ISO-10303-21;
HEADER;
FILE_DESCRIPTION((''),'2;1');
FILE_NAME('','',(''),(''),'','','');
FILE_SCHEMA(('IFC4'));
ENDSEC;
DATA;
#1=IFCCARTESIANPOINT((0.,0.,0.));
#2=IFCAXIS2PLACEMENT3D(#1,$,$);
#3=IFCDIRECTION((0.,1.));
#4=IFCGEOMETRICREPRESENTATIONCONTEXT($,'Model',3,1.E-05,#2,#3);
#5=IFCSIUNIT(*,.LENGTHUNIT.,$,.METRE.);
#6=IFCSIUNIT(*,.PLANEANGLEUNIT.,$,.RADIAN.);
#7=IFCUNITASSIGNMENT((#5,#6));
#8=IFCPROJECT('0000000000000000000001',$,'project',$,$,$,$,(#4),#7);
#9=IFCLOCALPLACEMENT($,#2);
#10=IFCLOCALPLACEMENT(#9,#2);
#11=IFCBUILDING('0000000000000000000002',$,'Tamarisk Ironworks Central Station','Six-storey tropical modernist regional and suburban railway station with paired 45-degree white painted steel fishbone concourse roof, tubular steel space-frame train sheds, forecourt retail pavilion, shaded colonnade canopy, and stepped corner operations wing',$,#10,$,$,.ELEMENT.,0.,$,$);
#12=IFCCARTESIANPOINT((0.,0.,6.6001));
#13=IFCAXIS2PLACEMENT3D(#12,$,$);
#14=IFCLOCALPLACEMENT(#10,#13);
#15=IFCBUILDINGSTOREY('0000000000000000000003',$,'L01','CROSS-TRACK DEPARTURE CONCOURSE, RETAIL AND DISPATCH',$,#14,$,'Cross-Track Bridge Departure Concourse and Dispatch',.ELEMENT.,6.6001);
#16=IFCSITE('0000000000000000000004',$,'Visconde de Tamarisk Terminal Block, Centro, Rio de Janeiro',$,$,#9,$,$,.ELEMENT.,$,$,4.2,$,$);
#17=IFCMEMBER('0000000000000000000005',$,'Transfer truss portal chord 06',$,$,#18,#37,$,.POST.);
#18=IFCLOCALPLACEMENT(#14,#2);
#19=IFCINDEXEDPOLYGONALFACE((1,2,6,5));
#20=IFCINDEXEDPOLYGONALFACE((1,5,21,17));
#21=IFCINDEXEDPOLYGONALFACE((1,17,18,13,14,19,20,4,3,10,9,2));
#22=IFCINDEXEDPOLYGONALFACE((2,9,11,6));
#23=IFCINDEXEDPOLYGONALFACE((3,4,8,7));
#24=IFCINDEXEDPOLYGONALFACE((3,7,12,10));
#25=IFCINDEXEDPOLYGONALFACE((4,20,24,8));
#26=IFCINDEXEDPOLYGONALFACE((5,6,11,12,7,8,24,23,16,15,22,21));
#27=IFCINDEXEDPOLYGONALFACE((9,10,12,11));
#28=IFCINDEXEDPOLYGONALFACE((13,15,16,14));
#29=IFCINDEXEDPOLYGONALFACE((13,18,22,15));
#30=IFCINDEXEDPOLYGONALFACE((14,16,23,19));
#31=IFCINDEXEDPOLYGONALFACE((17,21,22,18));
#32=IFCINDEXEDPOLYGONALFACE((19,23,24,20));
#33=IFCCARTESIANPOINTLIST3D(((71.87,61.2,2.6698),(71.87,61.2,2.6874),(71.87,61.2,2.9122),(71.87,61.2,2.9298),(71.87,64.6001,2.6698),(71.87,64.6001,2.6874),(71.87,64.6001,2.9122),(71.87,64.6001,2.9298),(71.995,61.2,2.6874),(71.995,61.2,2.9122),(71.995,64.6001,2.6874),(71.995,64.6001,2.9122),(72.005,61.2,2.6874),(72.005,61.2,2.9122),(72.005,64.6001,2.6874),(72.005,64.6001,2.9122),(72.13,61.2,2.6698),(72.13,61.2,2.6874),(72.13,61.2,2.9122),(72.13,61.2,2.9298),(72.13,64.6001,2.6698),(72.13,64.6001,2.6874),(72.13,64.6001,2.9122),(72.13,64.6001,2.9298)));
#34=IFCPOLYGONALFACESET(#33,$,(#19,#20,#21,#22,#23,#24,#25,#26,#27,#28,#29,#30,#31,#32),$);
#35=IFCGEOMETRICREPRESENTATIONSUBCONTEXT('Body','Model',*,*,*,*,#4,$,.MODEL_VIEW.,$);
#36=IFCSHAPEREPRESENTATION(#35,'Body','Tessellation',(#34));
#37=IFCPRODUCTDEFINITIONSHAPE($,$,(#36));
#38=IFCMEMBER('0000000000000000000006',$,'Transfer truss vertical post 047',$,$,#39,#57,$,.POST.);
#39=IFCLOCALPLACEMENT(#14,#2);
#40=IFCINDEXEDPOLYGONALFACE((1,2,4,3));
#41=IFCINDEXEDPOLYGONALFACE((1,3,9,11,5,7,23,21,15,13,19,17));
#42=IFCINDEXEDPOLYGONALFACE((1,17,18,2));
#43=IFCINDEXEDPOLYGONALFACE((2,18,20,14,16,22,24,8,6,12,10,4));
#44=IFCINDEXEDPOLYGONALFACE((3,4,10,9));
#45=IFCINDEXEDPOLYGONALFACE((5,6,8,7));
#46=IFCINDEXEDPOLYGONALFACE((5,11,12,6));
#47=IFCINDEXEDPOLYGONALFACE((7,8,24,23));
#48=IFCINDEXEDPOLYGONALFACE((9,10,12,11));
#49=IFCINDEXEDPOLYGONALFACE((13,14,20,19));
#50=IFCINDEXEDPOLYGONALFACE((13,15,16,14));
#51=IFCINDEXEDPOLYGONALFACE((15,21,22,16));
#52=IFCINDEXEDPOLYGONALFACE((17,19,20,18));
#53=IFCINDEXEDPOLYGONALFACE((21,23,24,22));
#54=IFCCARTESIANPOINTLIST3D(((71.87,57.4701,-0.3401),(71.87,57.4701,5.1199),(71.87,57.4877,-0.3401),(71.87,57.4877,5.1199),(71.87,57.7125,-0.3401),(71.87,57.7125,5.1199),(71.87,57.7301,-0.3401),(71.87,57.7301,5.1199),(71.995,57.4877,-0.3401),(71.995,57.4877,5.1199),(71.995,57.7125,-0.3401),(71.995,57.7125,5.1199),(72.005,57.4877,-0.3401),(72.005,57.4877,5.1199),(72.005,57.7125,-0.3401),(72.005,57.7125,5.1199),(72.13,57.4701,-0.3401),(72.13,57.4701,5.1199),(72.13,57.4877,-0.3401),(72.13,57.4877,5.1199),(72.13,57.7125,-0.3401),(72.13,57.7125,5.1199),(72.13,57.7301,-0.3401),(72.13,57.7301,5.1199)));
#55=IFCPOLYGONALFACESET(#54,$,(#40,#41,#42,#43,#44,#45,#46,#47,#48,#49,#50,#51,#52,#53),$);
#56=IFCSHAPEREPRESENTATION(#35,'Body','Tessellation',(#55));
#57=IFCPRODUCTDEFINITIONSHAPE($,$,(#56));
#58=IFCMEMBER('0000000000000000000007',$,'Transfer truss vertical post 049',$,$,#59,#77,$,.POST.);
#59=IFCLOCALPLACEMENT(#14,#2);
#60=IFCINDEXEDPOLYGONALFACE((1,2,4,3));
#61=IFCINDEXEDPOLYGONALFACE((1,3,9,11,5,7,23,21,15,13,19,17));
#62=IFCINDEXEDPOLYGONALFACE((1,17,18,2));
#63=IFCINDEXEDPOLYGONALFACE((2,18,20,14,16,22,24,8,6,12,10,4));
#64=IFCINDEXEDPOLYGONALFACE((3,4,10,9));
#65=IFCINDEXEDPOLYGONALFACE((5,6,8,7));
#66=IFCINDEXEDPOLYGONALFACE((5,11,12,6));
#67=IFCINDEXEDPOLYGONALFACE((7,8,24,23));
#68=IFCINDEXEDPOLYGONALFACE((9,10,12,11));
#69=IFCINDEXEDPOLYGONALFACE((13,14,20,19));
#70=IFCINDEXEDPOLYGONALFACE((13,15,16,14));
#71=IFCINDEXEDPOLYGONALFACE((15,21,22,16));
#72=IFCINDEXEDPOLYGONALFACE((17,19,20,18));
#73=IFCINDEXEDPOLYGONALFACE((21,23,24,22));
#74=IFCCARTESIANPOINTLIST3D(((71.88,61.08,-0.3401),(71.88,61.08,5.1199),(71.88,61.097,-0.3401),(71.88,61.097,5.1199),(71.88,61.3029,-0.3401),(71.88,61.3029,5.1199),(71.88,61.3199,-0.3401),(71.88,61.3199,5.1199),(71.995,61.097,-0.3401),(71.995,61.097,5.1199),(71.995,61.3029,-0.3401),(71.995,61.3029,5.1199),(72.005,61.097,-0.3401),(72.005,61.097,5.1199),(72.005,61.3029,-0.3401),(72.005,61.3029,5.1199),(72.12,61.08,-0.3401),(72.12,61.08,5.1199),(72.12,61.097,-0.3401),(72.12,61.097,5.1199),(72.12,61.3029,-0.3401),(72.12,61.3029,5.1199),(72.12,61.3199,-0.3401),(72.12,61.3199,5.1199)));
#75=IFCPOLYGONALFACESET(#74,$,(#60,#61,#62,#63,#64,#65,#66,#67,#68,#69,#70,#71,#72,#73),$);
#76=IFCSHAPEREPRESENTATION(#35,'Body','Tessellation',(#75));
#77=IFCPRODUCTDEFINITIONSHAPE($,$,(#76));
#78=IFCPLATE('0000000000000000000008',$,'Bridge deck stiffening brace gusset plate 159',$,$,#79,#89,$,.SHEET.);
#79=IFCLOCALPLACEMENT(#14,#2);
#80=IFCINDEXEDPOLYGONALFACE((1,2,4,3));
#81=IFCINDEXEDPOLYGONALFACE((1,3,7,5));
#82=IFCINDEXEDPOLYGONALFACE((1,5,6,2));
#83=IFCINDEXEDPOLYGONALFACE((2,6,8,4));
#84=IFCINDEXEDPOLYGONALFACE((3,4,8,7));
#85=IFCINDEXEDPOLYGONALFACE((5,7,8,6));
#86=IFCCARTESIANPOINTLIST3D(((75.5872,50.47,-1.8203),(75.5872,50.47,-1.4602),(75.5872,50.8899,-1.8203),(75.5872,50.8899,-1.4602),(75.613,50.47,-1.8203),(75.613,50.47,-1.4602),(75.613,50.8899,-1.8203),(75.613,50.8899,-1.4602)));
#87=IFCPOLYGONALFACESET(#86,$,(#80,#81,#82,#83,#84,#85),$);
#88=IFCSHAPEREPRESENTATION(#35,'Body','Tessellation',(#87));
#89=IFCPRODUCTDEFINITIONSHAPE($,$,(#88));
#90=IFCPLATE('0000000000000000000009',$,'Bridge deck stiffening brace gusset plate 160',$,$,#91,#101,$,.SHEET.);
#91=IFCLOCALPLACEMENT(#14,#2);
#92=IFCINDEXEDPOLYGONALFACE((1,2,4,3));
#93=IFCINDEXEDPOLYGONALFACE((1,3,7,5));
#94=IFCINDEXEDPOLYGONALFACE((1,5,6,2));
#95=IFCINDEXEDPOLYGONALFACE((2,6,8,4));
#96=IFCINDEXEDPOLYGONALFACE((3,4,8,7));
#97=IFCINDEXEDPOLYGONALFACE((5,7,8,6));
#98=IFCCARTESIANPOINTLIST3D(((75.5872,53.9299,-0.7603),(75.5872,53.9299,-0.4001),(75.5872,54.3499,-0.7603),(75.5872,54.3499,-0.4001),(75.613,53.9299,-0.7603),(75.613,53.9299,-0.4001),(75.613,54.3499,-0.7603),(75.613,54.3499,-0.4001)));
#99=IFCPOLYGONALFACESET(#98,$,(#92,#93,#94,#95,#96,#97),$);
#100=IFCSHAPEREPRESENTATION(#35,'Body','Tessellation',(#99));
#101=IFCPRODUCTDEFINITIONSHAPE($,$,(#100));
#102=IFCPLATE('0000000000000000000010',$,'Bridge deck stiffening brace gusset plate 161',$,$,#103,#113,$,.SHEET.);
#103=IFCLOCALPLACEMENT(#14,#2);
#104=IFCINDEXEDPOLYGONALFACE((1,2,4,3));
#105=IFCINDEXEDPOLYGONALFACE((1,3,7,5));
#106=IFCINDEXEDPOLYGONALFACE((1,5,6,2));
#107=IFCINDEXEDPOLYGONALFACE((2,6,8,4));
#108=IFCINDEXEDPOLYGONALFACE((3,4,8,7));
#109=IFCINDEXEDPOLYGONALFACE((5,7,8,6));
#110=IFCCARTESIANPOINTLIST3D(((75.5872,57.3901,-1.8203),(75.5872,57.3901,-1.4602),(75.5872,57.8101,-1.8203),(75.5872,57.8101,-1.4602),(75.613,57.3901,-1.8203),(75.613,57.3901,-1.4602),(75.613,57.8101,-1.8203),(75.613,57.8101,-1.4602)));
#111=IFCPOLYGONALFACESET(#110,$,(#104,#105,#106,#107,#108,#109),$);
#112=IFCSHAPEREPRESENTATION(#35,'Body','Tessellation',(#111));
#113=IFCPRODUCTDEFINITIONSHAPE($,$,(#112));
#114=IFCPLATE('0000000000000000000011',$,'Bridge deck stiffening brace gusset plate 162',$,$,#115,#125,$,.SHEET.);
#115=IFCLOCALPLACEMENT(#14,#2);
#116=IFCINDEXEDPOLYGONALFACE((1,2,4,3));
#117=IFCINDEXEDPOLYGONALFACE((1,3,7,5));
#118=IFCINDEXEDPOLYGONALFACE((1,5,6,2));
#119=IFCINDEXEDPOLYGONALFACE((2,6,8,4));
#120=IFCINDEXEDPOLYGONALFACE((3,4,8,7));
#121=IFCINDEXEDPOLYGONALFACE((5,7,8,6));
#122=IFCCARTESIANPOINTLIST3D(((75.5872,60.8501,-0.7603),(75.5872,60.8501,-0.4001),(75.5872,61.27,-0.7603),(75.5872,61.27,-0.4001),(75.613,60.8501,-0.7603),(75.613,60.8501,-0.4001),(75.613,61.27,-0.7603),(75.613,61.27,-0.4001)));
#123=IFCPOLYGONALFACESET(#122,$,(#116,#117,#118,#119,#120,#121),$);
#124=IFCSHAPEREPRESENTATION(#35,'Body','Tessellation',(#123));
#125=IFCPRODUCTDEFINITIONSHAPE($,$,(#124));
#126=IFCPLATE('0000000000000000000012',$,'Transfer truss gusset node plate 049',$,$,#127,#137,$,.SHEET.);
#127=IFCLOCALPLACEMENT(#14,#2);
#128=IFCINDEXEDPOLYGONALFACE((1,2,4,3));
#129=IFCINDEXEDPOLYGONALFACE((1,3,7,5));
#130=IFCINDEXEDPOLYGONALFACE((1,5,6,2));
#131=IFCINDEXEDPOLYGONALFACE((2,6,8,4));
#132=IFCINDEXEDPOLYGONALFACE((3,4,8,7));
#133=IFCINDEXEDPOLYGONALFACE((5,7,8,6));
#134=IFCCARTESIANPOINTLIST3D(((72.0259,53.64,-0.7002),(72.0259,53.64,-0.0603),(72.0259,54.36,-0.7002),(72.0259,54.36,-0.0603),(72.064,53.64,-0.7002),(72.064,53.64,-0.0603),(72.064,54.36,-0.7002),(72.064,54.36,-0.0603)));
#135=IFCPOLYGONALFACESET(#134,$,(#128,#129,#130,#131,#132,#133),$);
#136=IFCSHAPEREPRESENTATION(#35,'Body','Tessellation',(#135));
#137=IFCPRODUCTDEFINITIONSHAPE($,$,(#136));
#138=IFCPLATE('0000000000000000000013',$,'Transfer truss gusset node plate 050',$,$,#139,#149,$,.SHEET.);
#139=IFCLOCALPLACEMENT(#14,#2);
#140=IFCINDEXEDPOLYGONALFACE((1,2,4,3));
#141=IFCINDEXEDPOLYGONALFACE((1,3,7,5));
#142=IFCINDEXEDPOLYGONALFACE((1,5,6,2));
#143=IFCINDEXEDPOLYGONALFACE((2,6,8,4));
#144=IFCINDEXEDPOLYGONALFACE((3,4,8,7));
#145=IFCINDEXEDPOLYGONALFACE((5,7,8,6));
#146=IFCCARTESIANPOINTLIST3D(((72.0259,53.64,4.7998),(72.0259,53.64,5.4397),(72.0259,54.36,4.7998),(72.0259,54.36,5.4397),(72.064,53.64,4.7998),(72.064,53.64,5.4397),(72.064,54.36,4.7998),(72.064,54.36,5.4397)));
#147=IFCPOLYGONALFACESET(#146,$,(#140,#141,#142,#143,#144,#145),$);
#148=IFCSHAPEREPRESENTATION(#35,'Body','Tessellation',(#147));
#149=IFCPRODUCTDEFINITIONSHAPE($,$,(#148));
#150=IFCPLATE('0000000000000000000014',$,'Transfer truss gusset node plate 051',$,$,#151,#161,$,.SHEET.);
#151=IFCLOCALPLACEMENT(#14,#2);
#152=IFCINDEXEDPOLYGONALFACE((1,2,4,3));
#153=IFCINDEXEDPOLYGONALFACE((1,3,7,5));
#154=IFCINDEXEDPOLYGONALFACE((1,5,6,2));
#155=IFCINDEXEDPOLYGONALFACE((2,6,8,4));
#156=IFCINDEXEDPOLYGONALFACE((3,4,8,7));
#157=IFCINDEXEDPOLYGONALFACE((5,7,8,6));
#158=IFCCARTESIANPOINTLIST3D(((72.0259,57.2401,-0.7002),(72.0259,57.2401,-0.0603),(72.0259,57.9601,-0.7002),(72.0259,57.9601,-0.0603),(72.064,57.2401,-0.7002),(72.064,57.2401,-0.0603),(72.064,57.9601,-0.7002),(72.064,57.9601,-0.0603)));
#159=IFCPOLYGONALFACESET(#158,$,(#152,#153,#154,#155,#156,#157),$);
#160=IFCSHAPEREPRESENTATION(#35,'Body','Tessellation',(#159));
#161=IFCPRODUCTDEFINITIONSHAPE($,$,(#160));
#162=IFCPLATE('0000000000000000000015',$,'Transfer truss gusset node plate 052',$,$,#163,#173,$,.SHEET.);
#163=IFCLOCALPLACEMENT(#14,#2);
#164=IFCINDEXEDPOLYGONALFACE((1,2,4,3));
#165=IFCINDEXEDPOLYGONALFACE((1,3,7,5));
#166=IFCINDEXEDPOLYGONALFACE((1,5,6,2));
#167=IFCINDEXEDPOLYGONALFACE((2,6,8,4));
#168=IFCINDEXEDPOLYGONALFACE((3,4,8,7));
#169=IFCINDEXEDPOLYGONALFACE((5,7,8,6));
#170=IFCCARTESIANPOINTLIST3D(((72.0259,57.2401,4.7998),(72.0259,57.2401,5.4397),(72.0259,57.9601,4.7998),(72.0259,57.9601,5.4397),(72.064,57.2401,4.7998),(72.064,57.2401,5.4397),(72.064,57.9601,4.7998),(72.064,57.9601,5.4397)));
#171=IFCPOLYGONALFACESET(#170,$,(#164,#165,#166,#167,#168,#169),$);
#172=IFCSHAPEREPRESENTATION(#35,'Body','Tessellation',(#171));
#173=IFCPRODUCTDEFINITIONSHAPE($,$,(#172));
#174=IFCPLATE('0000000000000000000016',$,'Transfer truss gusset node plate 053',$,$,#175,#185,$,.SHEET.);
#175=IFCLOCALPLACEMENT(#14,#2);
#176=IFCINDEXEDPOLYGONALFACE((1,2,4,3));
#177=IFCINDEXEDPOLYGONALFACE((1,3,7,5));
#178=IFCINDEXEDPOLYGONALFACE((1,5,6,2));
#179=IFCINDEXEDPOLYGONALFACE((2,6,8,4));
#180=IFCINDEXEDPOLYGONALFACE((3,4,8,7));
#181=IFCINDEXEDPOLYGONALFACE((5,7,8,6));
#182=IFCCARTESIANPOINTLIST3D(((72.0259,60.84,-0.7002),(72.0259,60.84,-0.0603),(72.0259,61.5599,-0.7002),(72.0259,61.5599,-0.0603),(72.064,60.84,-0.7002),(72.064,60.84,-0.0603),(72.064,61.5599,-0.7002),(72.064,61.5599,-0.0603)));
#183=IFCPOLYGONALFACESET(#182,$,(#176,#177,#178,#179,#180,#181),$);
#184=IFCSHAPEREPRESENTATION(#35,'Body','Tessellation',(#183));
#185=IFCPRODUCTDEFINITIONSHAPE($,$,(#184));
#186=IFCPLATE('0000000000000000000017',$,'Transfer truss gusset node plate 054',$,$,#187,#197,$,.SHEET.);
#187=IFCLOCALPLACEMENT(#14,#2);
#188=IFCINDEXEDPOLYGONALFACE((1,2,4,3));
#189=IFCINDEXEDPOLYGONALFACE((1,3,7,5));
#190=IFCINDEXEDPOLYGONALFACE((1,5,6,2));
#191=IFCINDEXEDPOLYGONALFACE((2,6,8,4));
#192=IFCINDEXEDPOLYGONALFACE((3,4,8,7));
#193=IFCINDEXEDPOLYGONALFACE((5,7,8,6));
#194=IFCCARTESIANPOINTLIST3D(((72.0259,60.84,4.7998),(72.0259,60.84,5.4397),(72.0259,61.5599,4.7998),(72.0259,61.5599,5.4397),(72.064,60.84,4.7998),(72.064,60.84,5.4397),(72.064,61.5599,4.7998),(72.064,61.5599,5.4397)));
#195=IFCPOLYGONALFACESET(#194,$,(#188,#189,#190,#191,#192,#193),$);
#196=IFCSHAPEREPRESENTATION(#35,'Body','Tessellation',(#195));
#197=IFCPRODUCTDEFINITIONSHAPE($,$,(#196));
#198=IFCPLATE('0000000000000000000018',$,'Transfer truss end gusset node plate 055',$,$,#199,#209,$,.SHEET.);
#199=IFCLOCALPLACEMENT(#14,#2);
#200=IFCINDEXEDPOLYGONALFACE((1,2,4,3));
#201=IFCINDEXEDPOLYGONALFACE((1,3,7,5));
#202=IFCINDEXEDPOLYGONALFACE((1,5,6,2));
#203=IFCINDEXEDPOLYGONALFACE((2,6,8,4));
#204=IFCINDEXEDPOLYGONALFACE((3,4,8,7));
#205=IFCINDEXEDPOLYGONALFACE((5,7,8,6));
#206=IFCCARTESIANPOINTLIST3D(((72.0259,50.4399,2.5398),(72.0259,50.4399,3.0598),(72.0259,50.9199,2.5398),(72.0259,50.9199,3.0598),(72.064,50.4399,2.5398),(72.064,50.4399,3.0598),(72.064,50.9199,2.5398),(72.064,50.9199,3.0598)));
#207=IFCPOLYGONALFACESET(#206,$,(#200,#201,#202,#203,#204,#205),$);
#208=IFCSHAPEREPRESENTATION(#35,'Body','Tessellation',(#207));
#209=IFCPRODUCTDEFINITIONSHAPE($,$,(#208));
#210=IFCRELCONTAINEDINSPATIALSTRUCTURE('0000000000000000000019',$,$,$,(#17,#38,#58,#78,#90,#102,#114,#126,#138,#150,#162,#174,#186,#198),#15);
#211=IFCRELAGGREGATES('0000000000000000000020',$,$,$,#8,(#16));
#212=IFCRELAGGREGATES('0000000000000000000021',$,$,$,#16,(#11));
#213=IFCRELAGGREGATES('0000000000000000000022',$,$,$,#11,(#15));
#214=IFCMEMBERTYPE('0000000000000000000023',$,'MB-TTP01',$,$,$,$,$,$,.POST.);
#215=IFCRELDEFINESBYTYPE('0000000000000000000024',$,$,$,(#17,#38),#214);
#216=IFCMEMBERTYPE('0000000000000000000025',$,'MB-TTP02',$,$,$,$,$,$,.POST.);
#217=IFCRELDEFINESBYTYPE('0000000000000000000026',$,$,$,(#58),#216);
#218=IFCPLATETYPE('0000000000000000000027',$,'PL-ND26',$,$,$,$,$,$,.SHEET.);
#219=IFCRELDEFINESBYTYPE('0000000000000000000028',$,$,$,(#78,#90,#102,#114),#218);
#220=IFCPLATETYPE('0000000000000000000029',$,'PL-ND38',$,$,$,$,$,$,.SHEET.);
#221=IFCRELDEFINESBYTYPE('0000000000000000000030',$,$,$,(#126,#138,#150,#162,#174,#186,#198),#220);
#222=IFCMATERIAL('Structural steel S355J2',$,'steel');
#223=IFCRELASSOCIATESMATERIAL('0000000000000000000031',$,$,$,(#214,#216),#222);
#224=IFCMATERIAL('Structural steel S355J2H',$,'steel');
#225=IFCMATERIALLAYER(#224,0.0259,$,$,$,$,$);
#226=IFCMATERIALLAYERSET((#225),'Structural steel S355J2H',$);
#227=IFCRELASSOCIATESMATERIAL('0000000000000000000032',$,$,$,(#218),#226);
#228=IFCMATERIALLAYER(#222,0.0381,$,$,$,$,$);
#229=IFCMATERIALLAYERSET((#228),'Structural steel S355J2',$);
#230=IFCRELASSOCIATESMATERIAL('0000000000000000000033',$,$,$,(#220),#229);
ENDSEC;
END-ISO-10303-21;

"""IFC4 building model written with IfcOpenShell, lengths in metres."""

from ifc_helpers import new_model, si_unit, direction, frame, origin, origin_2d, place, context, subcontext, project, spatial, rectangle, i_section, extrude, material, layer, layer_set, material_profile, profile_set, type_object, element, save


model = new_model("IFC4")

# Units and contexts
model_context = context("Model", 3, precision=1e-05, world=origin(), true_north=direction((0.0, 1.0)))
body_context = subcontext(model_context, "Body", "Model", "MODEL_VIEW")
ifc_project = project(units=[si_unit("LENGTHUNIT", "METRE"), si_unit("PLANEANGLEUNIT", "RADIAN")], contexts=[model_context])

# Site, building, storey
site_placement = place(None, origin())
site = spatial("IfcSite", under=ifc_project, at=site_placement, Name="Visconde de Tamarisk Terminal Block, Centro, Rio de Janeiro", CompositionType="ELEMENT", RefElevation=4.2)
building_placement = place(site_placement, origin())
building = spatial("IfcBuilding", under=site, at=building_placement, Name="Tamarisk Ironworks Central Station", Description="Six-storey tropical modernist regional and suburban railway station with paired 45-degree white painted steel fishbone concourse roof, tubular steel space-frame train sheds, forecourt retail pavilion, shaded colonnade canopy, and stepped corner operations wing", CompositionType="ELEMENT", ElevationOfRefHeight=0.0)
storey_placement = place(building_placement, frame((0.0, 0.0, 6.6001)))
storey = spatial("IfcBuildingStorey", under=building, at=storey_placement, Name="L01", Description="CROSS-TRACK DEPARTURE CONCOURSE, RETAIL AND DISPATCH", LongName="Cross-Track Bridge Departure Concourse and Dispatch", CompositionType="ELEMENT", Elevation=6.6001)

# Shared definitions
ifc_material_1 = material(Name="Structural steel S355J2", Category="steel")

# Members
ifc_material_2 = material(Name="Structural steel S355J2H", Category="steel")
ifc_material_profile_1 = material_profile(ifc_material_1, i_section(OverallWidth=0.26, OverallDepth=0.26, WebThickness=0.01, FlangeThickness=0.0176, at=origin_2d()), Name="HEB 260")
ifc_profile_set_1 = profile_set([ifc_material_profile_1], Name="Structural steel S355J2")
member_type_1 = type_object("IfcMemberType", Name="MB-TTP01", PredefinedType="POST", material=ifc_profile_set_1)
member_1_placement = place(storey_placement, frame((72.0, 61.2, 2.7998), z_axis=(0.0, 1.0, 0.0), x_axis=(-1.0, 0.0, 0.0)))
element("IfcMember", 1, at=member_1_placement, inside=storey, type_object=member_type_1, Name="Transfer truss portal chord 06", PredefinedType="POST", context=body_context, shape_type="SweptSolid", body=[
    extrude(i_section(OverallWidth=0.26, OverallDepth=0.26, WebThickness=0.01, FlangeThickness=0.0176, at=origin_2d()), origin(), (0.0, 0.0, 1.0), 3.4001),
])
member_2_placement = place(storey_placement, frame((72.0, 57.6001, -0.3401), z_axis=(0.0, 0.0, 1.0), x_axis=(1.0, 0.0, 0.0)))
element("IfcMember", 2, at=member_2_placement, inside=storey, type_object=member_type_1, Name="Transfer truss vertical post 047", PredefinedType="POST", context=body_context, shape_type="SweptSolid", body=[
    extrude(i_section(OverallWidth=0.26, OverallDepth=0.26, WebThickness=0.01, FlangeThickness=0.0176, at=origin_2d()), origin(), (0.0, 0.0, 1.0), 5.46),
])
ifc_material_profile_2 = material_profile(ifc_material_1, i_section(OverallWidth=0.24, OverallDepth=0.24, WebThickness=0.01, FlangeThickness=0.0171, at=origin_2d()), Name="HEB 240")
ifc_profile_set_2 = profile_set([ifc_material_profile_2], Name="Structural steel S355J2")
member_type_2 = type_object("IfcMemberType", Name="MB-TTP02", PredefinedType="POST", material=ifc_profile_set_2)
member_3_placement = place(storey_placement, frame((72.0, 61.2, -0.3401), z_axis=(0.0, 0.0, 1.0), x_axis=(1.0, 0.0, 0.0)))
element("IfcMember", 3, at=member_3_placement, inside=storey, type_object=member_type_2, Name="Transfer truss vertical post 049", PredefinedType="POST", context=body_context, shape_type="SweptSolid", body=[
    extrude(i_section(OverallWidth=0.24, OverallDepth=0.24, WebThickness=0.01, FlangeThickness=0.0171, at=origin_2d()), origin(), (0.0, 0.0, 1.0), 5.46),
])

# Plates
ifc_layer_1 = layer(ifc_material_2, 0.0259)
ifc_layer_set_1 = layer_set([ifc_layer_1], Name="Structural steel S355J2H")
plate_type_1 = type_object("IfcPlateType", Name="PL-ND26", PredefinedType="SHEET", material=ifc_layer_set_1)
for number, where, z_axis, x_axis, name in (
    (4, (75.6001, 50.6799, -1.8203), (0.0, 0.0, 1.0), (1.0, 0.0, 0.0), "Bridge deck stiffening brace gusset plate 159"),
    (5, (75.6001, 54.1399, -0.7603), (0.0, 0.0, 1.0), (1.0, 0.0, 0.0), "Bridge deck stiffening brace gusset plate 160"),
    (6, (75.6001, 57.6001, -1.8203), (0.0, 0.0, 1.0), (1.0, 0.0, 0.0), "Bridge deck stiffening brace gusset plate 161"),
    (7, (75.6001, 61.0601, -0.7603), (0.0, 0.0, 1.0), (1.0, 0.0, 0.0), "Bridge deck stiffening brace gusset plate 162"),
):
    element("IfcPlate", number, at=place(storey_placement, frame(where, z_axis=z_axis, x_axis=x_axis)), inside=storey, type_object=plate_type_1, Name=name, PredefinedType="SHEET", context=body_context, shape_type="SweptSolid", body=[
        extrude(rectangle(XDim=0.0259, YDim=0.4199, at=origin_2d()), origin(), (0.0, 0.0, 1.0), 0.3601),
    ])
ifc_layer_2 = layer(ifc_material_1, 0.0381)
ifc_layer_set_2 = layer_set([ifc_layer_2], Name="Structural steel S355J2")
plate_type_2 = type_object("IfcPlateType", Name="PL-ND38", PredefinedType="SHEET", material=ifc_layer_set_2)
for number, where, z_axis, x_axis, name in (
    (8, (72.0449, 54.0, -0.7002), (0.0, 0.0, 1.0), (1.0, 0.0, 0.0), "Transfer truss gusset node plate 049"),
    (9, (72.0449, 54.0, 4.7998), (0.0, 0.0, 1.0), (1.0, 0.0, 0.0), "Transfer truss gusset node plate 050"),
    (10, (72.0449, 57.6001, -0.7002), (0.0, 0.0, 1.0), (1.0, 0.0, 0.0), "Transfer truss gusset node plate 051"),
    (11, (72.0449, 57.6001, 4.7998), (0.0, 0.0, 1.0), (1.0, 0.0, 0.0), "Transfer truss gusset node plate 052"),
    (12, (72.0449, 61.2, -0.7002), (0.0, 0.0, 1.0), (1.0, 0.0, 0.0), "Transfer truss gusset node plate 053"),
    (13, (72.0449, 61.2, 4.7998), (0.0, 0.0, 1.0), (1.0, 0.0, 0.0), "Transfer truss gusset node plate 054"),
):
    element("IfcPlate", number, at=place(storey_placement, frame(where, z_axis=z_axis, x_axis=x_axis)), inside=storey, type_object=plate_type_2, Name=name, PredefinedType="SHEET", context=body_context, shape_type="SweptSolid", body=[
        extrude(rectangle(XDim=0.0381, YDim=0.72, at=origin_2d()), origin(), (0.0, 0.0, 1.0), 0.6399),
    ])
plate_placement = place(storey_placement, frame((72.0449, 50.6799, 2.5398), z_axis=(0.0, 0.0, 1.0), x_axis=(1.0, 0.0, 0.0)))
element("IfcPlate", 14, at=plate_placement, inside=storey, type_object=plate_type_2, Name="Transfer truss end gusset node plate 055", PredefinedType="SHEET", context=body_context, shape_type="SweptSolid", body=[
    extrude(rectangle(XDim=0.0381, YDim=0.48, at=origin_2d()), origin(), (0.0, 0.0, 1.0), 0.52),
])

save(model, "model.ifc")
